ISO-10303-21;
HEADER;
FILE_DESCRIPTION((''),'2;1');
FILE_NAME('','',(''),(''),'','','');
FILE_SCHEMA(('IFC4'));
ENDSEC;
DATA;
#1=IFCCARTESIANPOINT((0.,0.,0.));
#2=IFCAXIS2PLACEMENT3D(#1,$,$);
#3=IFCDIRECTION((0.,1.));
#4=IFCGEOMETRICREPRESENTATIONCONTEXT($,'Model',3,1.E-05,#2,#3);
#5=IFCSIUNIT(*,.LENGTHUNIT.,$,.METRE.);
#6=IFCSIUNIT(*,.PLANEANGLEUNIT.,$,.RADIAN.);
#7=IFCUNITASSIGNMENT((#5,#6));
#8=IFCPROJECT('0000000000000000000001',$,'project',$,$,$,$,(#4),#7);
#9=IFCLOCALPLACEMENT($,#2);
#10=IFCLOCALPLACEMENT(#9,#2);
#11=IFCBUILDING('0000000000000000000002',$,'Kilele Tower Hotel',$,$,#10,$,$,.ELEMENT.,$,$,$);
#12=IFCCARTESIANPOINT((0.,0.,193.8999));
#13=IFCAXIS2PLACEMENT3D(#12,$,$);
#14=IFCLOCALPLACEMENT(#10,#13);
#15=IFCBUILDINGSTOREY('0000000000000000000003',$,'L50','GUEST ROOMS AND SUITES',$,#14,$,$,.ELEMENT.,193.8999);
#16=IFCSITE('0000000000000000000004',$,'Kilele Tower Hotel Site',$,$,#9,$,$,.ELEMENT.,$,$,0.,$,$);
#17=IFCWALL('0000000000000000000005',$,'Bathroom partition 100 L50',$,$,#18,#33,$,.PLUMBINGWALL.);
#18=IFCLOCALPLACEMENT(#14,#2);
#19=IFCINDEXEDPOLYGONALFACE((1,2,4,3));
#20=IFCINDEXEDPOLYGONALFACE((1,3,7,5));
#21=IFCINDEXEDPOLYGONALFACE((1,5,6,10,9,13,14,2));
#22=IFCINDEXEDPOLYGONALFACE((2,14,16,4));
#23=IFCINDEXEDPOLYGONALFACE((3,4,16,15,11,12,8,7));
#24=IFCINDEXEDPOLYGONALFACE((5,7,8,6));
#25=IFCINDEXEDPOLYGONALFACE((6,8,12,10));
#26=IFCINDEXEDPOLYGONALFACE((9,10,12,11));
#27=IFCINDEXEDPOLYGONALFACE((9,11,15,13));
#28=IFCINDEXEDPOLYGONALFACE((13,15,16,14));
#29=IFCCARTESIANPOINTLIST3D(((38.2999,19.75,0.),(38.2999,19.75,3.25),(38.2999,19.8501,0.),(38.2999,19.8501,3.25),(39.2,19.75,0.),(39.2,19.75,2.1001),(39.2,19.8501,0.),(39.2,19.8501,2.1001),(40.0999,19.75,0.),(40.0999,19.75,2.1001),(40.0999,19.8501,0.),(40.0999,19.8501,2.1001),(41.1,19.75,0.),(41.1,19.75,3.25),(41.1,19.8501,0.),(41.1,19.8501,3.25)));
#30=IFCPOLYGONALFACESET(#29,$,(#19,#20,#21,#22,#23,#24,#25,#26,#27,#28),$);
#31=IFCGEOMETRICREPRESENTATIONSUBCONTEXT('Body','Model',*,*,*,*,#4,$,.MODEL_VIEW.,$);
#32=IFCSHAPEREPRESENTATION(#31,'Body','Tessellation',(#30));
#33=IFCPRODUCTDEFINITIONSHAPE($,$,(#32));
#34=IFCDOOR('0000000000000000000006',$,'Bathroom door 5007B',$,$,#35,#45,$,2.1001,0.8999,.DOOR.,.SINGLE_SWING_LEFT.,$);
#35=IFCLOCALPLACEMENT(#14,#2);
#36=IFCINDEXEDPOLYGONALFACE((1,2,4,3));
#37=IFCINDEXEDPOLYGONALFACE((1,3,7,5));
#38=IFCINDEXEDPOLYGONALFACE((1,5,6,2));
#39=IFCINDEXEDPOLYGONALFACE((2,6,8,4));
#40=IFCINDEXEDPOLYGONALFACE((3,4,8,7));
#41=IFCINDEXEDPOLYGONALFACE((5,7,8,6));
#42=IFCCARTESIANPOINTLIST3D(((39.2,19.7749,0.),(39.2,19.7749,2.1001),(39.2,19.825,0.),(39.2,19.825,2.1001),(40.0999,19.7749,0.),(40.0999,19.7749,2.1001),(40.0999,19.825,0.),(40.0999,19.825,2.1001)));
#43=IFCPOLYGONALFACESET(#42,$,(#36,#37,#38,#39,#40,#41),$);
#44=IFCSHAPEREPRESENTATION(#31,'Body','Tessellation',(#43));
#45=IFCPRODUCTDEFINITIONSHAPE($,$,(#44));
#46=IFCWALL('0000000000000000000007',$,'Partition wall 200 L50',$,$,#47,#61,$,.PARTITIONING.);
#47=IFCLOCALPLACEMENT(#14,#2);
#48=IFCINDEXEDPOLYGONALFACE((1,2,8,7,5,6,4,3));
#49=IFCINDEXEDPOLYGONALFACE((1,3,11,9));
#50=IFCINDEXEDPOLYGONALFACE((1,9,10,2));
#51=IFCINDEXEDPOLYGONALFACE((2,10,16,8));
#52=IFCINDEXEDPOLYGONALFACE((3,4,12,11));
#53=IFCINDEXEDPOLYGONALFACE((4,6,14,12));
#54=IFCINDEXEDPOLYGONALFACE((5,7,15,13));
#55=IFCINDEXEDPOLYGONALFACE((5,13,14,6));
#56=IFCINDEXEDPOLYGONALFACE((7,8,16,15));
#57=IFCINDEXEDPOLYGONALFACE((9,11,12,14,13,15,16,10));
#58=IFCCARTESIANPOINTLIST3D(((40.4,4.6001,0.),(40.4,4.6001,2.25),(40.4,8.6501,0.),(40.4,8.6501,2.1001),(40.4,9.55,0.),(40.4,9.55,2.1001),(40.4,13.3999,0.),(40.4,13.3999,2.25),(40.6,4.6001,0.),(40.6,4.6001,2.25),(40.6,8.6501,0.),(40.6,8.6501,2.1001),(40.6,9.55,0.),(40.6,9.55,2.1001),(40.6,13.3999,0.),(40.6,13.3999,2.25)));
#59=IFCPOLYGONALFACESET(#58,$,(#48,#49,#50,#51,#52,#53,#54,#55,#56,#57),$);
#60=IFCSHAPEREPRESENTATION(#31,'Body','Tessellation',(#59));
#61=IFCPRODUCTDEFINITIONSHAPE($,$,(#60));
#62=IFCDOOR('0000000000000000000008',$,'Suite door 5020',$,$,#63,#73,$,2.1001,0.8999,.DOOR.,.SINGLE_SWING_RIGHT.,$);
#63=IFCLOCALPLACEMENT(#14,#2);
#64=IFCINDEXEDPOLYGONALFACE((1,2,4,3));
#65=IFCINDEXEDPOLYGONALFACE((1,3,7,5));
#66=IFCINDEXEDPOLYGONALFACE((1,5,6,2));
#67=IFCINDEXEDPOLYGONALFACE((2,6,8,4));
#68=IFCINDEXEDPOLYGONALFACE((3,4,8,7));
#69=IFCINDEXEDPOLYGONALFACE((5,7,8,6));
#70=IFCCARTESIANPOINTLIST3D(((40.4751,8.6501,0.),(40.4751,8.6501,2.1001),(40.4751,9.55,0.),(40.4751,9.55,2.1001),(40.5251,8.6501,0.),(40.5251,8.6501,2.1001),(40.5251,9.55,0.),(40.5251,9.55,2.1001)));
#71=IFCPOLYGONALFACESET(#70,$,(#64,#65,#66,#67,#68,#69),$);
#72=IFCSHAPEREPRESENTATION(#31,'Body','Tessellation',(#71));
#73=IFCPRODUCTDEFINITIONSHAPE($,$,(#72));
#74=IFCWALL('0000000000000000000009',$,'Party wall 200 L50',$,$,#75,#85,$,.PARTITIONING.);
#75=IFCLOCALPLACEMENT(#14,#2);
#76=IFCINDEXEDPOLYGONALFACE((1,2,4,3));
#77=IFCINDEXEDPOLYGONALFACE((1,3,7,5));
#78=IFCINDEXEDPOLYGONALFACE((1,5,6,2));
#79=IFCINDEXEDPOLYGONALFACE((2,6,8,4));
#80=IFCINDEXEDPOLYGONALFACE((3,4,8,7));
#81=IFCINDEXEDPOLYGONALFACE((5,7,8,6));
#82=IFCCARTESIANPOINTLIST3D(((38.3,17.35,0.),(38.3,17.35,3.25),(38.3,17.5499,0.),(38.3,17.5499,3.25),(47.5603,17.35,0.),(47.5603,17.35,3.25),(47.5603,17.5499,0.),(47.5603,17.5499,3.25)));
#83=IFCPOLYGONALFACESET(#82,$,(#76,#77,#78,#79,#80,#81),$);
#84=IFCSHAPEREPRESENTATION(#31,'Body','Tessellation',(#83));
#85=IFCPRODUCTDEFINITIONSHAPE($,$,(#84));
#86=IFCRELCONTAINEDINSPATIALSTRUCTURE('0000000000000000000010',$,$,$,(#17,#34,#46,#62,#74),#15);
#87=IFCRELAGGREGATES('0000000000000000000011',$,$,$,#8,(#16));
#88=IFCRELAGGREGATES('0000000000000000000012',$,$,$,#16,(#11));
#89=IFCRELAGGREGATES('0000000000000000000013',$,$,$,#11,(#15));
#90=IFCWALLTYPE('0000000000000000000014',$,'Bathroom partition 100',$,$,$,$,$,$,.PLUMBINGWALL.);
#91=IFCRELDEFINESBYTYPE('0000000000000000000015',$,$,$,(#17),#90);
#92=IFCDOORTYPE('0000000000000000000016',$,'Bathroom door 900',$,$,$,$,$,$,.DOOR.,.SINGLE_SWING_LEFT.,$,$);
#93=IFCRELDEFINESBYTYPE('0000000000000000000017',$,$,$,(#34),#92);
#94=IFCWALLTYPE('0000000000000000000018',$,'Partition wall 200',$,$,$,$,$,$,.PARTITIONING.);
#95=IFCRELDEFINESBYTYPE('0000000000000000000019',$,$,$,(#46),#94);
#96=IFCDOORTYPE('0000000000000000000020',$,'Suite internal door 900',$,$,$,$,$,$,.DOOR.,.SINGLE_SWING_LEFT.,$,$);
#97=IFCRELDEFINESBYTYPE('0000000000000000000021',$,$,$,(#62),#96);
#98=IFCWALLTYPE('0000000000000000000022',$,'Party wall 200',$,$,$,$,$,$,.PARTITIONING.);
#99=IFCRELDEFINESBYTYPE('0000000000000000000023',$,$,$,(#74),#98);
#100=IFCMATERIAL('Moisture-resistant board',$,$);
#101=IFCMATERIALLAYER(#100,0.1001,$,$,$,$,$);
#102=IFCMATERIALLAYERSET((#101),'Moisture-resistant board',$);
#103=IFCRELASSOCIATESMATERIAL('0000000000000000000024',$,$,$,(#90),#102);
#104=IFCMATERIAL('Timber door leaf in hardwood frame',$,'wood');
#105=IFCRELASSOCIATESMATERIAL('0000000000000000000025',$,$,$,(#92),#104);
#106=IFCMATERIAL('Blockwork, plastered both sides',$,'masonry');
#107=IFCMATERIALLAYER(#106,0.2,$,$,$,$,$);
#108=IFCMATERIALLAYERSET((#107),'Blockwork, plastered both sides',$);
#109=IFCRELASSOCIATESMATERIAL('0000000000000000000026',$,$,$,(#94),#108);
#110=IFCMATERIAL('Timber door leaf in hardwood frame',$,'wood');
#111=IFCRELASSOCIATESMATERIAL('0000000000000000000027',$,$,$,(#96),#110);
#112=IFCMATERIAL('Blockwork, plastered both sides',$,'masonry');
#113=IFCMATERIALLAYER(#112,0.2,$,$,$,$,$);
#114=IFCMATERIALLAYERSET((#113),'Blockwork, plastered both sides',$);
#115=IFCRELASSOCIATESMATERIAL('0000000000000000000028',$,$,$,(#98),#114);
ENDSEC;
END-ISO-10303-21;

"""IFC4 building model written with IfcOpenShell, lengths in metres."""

from ifc_helpers import new_model, si_unit, direction, frame, frame_2d, origin, place, context, subcontext, project, spatial, rectangle, extrude, material, layer, layer_set, type_object, element, fill, save


model = new_model("IFC4")

# Units and contexts
model_context = context("Model", 3, precision=1e-05, world=origin(), true_north=direction((0.0, 1.0)))
body_context = subcontext(model_context, "Body", "Model", "MODEL_VIEW")
ifc_project = project(units=[si_unit("LENGTHUNIT", "METRE"), si_unit("PLANEANGLEUNIT", "RADIAN")], contexts=[model_context])

# Site, building, storey
site_placement = place(None, origin())
site = spatial("IfcSite", under=ifc_project, at=site_placement, Name="Kilele Tower Hotel Site", CompositionType="ELEMENT", RefElevation=0.0)
building_placement = place(site_placement, origin())
building = spatial("IfcBuilding", under=site, at=building_placement, Name="Kilele Tower Hotel", CompositionType="ELEMENT")
storey_placement = place(building_placement, frame((0.0, 0.0, 193.8999)))
storey = spatial("IfcBuildingStorey", under=building, at=storey_placement, Name="L50", Description="GUEST ROOMS AND SUITES", CompositionType="ELEMENT", Elevation=193.8999)

# Shared definitions
ifc_material_1 = material(Name="Moisture-resistant board")
ifc_layer_1 = layer(ifc_material_1, 0.1001)
ifc_layer_set_1 = layer_set([ifc_layer_1], Name="Moisture-resistant board")
wall_type_1 = type_object("IfcWallType", Name="Bathroom partition 100", PredefinedType="PLUMBINGWALL", material=ifc_layer_set_1)

# Shared definitions
ifc_material_2 = material(Name="Timber door leaf in hardwood frame", Category="wood")
door_type_1 = type_object("IfcDoorType", Name="Bathroom door 900", OperationType="SINGLE_SWING_LEFT", PredefinedType="DOOR", material=ifc_material_2)

# Walls, openings, doors
wall_1_placement = place(storey_placement, frame((38.3, 19.8, 0.0), z_axis=(0.0, 0.0, 1.0), x_axis=(1.0, 0.0, 0.0)))
wall_1 = element("IfcWall", 1, at=wall_1_placement, inside=storey, type_object=wall_type_1, Name="Bathroom partition 100 L50", PredefinedType="PLUMBINGWALL", context=body_context, shape_type="SweptSolid", body=[
    extrude(rectangle(XDim=2.8, YDim=0.1001, at=frame_2d((1.3999, 0.0))), origin(), (0.0, 0.0, 1.0), 3.25),
])
opening_1_placement = place(wall_1_placement, frame((0.8999, 0.0, 0.0)))
opening_1 = element("IfcOpeningElement", 2, at=opening_1_placement, cuts=wall_1, PredefinedType="OPENING", context=body_context, shape_type="SweptSolid", body=[
    extrude(rectangle(XDim=0.8999, YDim=2.1001, at=frame_2d((0.45, 1.05))), frame((0.0, 0.0601, 0.0), z_axis=(0.0, -1.0, 0.0), x_axis=(1.0, 0.0, 0.0)), (0.0, 0.0, 1.0), 0.1201),
])
door_1_placement = place(opening_1_placement, origin())
door_1 = element("IfcDoor", 3, at=door_1_placement, inside=storey, type_object=door_type_1, Name="Bathroom door 5007B", OperationType="SINGLE_SWING_LEFT", OverallHeight=2.1001, OverallWidth=0.8999, PredefinedType="DOOR", context=body_context, shape_type="SweptSolid", body=[
    extrude(rectangle(XDim=0.8999, YDim=2.1001, at=frame_2d((0.45, 1.05))), frame((0.0, 0.0249, 0.0), z_axis=(0.0, -1.0, 0.0), x_axis=(1.0, 0.0, 0.0)), (0.0, 0.0, 1.0), 0.05),
])
fill(opening_1, door_1)
ifc_material_3 = material(Name="Blockwork, plastered both sides", Category="masonry")
ifc_layer_2 = layer(ifc_material_3, 0.2)
ifc_layer_set_2 = layer_set([ifc_layer_2], Name="Blockwork, plastered both sides")
wall_type_2 = type_object("IfcWallType", Name="Partition wall 200", PredefinedType="PARTITIONING", material=ifc_layer_set_2)
wall_2_placement = place(storey_placement, frame((40.5, 4.6001, 0.0), z_axis=(0.0, 0.0, 1.0), x_axis=(0.0, 1.0, 0.0)))
wall_2 = element("IfcWall", 4, at=wall_2_placement, inside=storey, type_object=wall_type_2, Name="Partition wall 200 L50", PredefinedType="PARTITIONING", context=body_context, shape_type="SweptSolid", body=[
    extrude(rectangle(XDim=8.7998, YDim=0.2, at=frame_2d((4.3999, 0.0))), origin(), (0.0, 0.0, 1.0), 2.25),
])
opening_2_placement = place(wall_2_placement, frame((4.05, 0.0, 0.0)))
opening_2 = element("IfcOpeningElement", 5, at=opening_2_placement, cuts=wall_2, PredefinedType="OPENING", context=body_context, shape_type="SweptSolid", body=[
    extrude(rectangle(XDim=0.8999, YDim=2.1001, at=frame_2d((0.45, 1.05))), frame((0.0, 0.1099, 0.0), z_axis=(0.0, -1.0, 0.0), x_axis=(1.0, 0.0, 0.0)), (0.0, 0.0, 1.0), 0.22),
])
ifc_material_4 = material(Name="Timber door leaf in hardwood frame", Category="wood")
door_type_2 = type_object("IfcDoorType", Name="Suite internal door 900", OperationType="SINGLE_SWING_LEFT", PredefinedType="DOOR", material=ifc_material_4)
door_2_placement = place(opening_2_placement, origin())
door_2 = element("IfcDoor", 6, at=door_2_placement, inside=storey, type_object=door_type_2, Name="Suite door 5020", OperationType="SINGLE_SWING_RIGHT", OverallHeight=2.1001, OverallWidth=0.8999, PredefinedType="DOOR", context=body_context, shape_type="SweptSolid", body=[
    extrude(rectangle(XDim=0.8999, YDim=2.1001, at=frame_2d((0.45, 1.05))), frame((0.0, 0.0249, 0.0), z_axis=(0.0, -1.0, 0.0), x_axis=(1.0, 0.0, 0.0)), (0.0, 0.0, 1.0), 0.05),
])
fill(opening_2, door_2)

# Wall
ifc_material_5 = material(Name="Blockwork, plastered both sides", Category="masonry")
ifc_layer_3 = layer(ifc_material_5, 0.2)
ifc_layer_set_3 = layer_set([ifc_layer_3], Name="Blockwork, plastered both sides")
wall_type_3 = type_object("IfcWallType", Name="Party wall 200", PredefinedType="PARTITIONING", material=ifc_layer_set_3)
wall_3_placement = place(storey_placement, frame((38.3, 17.45, 0.0), z_axis=(0.0, 0.0, 1.0), x_axis=(1.0, 0.0, 0.0)))
element("IfcWall", 7, at=wall_3_placement, inside=storey, type_object=wall_type_3, Name="Party wall 200 L50", PredefinedType="PARTITIONING", context=body_context, shape_type="SweptSolid", body=[
    extrude(rectangle(XDim=9.2603, YDim=0.2, at=frame_2d((4.6301, 0.0))), origin(), (0.0, 0.0, 1.0), 3.25),
])

save(model, "model.ifc")
